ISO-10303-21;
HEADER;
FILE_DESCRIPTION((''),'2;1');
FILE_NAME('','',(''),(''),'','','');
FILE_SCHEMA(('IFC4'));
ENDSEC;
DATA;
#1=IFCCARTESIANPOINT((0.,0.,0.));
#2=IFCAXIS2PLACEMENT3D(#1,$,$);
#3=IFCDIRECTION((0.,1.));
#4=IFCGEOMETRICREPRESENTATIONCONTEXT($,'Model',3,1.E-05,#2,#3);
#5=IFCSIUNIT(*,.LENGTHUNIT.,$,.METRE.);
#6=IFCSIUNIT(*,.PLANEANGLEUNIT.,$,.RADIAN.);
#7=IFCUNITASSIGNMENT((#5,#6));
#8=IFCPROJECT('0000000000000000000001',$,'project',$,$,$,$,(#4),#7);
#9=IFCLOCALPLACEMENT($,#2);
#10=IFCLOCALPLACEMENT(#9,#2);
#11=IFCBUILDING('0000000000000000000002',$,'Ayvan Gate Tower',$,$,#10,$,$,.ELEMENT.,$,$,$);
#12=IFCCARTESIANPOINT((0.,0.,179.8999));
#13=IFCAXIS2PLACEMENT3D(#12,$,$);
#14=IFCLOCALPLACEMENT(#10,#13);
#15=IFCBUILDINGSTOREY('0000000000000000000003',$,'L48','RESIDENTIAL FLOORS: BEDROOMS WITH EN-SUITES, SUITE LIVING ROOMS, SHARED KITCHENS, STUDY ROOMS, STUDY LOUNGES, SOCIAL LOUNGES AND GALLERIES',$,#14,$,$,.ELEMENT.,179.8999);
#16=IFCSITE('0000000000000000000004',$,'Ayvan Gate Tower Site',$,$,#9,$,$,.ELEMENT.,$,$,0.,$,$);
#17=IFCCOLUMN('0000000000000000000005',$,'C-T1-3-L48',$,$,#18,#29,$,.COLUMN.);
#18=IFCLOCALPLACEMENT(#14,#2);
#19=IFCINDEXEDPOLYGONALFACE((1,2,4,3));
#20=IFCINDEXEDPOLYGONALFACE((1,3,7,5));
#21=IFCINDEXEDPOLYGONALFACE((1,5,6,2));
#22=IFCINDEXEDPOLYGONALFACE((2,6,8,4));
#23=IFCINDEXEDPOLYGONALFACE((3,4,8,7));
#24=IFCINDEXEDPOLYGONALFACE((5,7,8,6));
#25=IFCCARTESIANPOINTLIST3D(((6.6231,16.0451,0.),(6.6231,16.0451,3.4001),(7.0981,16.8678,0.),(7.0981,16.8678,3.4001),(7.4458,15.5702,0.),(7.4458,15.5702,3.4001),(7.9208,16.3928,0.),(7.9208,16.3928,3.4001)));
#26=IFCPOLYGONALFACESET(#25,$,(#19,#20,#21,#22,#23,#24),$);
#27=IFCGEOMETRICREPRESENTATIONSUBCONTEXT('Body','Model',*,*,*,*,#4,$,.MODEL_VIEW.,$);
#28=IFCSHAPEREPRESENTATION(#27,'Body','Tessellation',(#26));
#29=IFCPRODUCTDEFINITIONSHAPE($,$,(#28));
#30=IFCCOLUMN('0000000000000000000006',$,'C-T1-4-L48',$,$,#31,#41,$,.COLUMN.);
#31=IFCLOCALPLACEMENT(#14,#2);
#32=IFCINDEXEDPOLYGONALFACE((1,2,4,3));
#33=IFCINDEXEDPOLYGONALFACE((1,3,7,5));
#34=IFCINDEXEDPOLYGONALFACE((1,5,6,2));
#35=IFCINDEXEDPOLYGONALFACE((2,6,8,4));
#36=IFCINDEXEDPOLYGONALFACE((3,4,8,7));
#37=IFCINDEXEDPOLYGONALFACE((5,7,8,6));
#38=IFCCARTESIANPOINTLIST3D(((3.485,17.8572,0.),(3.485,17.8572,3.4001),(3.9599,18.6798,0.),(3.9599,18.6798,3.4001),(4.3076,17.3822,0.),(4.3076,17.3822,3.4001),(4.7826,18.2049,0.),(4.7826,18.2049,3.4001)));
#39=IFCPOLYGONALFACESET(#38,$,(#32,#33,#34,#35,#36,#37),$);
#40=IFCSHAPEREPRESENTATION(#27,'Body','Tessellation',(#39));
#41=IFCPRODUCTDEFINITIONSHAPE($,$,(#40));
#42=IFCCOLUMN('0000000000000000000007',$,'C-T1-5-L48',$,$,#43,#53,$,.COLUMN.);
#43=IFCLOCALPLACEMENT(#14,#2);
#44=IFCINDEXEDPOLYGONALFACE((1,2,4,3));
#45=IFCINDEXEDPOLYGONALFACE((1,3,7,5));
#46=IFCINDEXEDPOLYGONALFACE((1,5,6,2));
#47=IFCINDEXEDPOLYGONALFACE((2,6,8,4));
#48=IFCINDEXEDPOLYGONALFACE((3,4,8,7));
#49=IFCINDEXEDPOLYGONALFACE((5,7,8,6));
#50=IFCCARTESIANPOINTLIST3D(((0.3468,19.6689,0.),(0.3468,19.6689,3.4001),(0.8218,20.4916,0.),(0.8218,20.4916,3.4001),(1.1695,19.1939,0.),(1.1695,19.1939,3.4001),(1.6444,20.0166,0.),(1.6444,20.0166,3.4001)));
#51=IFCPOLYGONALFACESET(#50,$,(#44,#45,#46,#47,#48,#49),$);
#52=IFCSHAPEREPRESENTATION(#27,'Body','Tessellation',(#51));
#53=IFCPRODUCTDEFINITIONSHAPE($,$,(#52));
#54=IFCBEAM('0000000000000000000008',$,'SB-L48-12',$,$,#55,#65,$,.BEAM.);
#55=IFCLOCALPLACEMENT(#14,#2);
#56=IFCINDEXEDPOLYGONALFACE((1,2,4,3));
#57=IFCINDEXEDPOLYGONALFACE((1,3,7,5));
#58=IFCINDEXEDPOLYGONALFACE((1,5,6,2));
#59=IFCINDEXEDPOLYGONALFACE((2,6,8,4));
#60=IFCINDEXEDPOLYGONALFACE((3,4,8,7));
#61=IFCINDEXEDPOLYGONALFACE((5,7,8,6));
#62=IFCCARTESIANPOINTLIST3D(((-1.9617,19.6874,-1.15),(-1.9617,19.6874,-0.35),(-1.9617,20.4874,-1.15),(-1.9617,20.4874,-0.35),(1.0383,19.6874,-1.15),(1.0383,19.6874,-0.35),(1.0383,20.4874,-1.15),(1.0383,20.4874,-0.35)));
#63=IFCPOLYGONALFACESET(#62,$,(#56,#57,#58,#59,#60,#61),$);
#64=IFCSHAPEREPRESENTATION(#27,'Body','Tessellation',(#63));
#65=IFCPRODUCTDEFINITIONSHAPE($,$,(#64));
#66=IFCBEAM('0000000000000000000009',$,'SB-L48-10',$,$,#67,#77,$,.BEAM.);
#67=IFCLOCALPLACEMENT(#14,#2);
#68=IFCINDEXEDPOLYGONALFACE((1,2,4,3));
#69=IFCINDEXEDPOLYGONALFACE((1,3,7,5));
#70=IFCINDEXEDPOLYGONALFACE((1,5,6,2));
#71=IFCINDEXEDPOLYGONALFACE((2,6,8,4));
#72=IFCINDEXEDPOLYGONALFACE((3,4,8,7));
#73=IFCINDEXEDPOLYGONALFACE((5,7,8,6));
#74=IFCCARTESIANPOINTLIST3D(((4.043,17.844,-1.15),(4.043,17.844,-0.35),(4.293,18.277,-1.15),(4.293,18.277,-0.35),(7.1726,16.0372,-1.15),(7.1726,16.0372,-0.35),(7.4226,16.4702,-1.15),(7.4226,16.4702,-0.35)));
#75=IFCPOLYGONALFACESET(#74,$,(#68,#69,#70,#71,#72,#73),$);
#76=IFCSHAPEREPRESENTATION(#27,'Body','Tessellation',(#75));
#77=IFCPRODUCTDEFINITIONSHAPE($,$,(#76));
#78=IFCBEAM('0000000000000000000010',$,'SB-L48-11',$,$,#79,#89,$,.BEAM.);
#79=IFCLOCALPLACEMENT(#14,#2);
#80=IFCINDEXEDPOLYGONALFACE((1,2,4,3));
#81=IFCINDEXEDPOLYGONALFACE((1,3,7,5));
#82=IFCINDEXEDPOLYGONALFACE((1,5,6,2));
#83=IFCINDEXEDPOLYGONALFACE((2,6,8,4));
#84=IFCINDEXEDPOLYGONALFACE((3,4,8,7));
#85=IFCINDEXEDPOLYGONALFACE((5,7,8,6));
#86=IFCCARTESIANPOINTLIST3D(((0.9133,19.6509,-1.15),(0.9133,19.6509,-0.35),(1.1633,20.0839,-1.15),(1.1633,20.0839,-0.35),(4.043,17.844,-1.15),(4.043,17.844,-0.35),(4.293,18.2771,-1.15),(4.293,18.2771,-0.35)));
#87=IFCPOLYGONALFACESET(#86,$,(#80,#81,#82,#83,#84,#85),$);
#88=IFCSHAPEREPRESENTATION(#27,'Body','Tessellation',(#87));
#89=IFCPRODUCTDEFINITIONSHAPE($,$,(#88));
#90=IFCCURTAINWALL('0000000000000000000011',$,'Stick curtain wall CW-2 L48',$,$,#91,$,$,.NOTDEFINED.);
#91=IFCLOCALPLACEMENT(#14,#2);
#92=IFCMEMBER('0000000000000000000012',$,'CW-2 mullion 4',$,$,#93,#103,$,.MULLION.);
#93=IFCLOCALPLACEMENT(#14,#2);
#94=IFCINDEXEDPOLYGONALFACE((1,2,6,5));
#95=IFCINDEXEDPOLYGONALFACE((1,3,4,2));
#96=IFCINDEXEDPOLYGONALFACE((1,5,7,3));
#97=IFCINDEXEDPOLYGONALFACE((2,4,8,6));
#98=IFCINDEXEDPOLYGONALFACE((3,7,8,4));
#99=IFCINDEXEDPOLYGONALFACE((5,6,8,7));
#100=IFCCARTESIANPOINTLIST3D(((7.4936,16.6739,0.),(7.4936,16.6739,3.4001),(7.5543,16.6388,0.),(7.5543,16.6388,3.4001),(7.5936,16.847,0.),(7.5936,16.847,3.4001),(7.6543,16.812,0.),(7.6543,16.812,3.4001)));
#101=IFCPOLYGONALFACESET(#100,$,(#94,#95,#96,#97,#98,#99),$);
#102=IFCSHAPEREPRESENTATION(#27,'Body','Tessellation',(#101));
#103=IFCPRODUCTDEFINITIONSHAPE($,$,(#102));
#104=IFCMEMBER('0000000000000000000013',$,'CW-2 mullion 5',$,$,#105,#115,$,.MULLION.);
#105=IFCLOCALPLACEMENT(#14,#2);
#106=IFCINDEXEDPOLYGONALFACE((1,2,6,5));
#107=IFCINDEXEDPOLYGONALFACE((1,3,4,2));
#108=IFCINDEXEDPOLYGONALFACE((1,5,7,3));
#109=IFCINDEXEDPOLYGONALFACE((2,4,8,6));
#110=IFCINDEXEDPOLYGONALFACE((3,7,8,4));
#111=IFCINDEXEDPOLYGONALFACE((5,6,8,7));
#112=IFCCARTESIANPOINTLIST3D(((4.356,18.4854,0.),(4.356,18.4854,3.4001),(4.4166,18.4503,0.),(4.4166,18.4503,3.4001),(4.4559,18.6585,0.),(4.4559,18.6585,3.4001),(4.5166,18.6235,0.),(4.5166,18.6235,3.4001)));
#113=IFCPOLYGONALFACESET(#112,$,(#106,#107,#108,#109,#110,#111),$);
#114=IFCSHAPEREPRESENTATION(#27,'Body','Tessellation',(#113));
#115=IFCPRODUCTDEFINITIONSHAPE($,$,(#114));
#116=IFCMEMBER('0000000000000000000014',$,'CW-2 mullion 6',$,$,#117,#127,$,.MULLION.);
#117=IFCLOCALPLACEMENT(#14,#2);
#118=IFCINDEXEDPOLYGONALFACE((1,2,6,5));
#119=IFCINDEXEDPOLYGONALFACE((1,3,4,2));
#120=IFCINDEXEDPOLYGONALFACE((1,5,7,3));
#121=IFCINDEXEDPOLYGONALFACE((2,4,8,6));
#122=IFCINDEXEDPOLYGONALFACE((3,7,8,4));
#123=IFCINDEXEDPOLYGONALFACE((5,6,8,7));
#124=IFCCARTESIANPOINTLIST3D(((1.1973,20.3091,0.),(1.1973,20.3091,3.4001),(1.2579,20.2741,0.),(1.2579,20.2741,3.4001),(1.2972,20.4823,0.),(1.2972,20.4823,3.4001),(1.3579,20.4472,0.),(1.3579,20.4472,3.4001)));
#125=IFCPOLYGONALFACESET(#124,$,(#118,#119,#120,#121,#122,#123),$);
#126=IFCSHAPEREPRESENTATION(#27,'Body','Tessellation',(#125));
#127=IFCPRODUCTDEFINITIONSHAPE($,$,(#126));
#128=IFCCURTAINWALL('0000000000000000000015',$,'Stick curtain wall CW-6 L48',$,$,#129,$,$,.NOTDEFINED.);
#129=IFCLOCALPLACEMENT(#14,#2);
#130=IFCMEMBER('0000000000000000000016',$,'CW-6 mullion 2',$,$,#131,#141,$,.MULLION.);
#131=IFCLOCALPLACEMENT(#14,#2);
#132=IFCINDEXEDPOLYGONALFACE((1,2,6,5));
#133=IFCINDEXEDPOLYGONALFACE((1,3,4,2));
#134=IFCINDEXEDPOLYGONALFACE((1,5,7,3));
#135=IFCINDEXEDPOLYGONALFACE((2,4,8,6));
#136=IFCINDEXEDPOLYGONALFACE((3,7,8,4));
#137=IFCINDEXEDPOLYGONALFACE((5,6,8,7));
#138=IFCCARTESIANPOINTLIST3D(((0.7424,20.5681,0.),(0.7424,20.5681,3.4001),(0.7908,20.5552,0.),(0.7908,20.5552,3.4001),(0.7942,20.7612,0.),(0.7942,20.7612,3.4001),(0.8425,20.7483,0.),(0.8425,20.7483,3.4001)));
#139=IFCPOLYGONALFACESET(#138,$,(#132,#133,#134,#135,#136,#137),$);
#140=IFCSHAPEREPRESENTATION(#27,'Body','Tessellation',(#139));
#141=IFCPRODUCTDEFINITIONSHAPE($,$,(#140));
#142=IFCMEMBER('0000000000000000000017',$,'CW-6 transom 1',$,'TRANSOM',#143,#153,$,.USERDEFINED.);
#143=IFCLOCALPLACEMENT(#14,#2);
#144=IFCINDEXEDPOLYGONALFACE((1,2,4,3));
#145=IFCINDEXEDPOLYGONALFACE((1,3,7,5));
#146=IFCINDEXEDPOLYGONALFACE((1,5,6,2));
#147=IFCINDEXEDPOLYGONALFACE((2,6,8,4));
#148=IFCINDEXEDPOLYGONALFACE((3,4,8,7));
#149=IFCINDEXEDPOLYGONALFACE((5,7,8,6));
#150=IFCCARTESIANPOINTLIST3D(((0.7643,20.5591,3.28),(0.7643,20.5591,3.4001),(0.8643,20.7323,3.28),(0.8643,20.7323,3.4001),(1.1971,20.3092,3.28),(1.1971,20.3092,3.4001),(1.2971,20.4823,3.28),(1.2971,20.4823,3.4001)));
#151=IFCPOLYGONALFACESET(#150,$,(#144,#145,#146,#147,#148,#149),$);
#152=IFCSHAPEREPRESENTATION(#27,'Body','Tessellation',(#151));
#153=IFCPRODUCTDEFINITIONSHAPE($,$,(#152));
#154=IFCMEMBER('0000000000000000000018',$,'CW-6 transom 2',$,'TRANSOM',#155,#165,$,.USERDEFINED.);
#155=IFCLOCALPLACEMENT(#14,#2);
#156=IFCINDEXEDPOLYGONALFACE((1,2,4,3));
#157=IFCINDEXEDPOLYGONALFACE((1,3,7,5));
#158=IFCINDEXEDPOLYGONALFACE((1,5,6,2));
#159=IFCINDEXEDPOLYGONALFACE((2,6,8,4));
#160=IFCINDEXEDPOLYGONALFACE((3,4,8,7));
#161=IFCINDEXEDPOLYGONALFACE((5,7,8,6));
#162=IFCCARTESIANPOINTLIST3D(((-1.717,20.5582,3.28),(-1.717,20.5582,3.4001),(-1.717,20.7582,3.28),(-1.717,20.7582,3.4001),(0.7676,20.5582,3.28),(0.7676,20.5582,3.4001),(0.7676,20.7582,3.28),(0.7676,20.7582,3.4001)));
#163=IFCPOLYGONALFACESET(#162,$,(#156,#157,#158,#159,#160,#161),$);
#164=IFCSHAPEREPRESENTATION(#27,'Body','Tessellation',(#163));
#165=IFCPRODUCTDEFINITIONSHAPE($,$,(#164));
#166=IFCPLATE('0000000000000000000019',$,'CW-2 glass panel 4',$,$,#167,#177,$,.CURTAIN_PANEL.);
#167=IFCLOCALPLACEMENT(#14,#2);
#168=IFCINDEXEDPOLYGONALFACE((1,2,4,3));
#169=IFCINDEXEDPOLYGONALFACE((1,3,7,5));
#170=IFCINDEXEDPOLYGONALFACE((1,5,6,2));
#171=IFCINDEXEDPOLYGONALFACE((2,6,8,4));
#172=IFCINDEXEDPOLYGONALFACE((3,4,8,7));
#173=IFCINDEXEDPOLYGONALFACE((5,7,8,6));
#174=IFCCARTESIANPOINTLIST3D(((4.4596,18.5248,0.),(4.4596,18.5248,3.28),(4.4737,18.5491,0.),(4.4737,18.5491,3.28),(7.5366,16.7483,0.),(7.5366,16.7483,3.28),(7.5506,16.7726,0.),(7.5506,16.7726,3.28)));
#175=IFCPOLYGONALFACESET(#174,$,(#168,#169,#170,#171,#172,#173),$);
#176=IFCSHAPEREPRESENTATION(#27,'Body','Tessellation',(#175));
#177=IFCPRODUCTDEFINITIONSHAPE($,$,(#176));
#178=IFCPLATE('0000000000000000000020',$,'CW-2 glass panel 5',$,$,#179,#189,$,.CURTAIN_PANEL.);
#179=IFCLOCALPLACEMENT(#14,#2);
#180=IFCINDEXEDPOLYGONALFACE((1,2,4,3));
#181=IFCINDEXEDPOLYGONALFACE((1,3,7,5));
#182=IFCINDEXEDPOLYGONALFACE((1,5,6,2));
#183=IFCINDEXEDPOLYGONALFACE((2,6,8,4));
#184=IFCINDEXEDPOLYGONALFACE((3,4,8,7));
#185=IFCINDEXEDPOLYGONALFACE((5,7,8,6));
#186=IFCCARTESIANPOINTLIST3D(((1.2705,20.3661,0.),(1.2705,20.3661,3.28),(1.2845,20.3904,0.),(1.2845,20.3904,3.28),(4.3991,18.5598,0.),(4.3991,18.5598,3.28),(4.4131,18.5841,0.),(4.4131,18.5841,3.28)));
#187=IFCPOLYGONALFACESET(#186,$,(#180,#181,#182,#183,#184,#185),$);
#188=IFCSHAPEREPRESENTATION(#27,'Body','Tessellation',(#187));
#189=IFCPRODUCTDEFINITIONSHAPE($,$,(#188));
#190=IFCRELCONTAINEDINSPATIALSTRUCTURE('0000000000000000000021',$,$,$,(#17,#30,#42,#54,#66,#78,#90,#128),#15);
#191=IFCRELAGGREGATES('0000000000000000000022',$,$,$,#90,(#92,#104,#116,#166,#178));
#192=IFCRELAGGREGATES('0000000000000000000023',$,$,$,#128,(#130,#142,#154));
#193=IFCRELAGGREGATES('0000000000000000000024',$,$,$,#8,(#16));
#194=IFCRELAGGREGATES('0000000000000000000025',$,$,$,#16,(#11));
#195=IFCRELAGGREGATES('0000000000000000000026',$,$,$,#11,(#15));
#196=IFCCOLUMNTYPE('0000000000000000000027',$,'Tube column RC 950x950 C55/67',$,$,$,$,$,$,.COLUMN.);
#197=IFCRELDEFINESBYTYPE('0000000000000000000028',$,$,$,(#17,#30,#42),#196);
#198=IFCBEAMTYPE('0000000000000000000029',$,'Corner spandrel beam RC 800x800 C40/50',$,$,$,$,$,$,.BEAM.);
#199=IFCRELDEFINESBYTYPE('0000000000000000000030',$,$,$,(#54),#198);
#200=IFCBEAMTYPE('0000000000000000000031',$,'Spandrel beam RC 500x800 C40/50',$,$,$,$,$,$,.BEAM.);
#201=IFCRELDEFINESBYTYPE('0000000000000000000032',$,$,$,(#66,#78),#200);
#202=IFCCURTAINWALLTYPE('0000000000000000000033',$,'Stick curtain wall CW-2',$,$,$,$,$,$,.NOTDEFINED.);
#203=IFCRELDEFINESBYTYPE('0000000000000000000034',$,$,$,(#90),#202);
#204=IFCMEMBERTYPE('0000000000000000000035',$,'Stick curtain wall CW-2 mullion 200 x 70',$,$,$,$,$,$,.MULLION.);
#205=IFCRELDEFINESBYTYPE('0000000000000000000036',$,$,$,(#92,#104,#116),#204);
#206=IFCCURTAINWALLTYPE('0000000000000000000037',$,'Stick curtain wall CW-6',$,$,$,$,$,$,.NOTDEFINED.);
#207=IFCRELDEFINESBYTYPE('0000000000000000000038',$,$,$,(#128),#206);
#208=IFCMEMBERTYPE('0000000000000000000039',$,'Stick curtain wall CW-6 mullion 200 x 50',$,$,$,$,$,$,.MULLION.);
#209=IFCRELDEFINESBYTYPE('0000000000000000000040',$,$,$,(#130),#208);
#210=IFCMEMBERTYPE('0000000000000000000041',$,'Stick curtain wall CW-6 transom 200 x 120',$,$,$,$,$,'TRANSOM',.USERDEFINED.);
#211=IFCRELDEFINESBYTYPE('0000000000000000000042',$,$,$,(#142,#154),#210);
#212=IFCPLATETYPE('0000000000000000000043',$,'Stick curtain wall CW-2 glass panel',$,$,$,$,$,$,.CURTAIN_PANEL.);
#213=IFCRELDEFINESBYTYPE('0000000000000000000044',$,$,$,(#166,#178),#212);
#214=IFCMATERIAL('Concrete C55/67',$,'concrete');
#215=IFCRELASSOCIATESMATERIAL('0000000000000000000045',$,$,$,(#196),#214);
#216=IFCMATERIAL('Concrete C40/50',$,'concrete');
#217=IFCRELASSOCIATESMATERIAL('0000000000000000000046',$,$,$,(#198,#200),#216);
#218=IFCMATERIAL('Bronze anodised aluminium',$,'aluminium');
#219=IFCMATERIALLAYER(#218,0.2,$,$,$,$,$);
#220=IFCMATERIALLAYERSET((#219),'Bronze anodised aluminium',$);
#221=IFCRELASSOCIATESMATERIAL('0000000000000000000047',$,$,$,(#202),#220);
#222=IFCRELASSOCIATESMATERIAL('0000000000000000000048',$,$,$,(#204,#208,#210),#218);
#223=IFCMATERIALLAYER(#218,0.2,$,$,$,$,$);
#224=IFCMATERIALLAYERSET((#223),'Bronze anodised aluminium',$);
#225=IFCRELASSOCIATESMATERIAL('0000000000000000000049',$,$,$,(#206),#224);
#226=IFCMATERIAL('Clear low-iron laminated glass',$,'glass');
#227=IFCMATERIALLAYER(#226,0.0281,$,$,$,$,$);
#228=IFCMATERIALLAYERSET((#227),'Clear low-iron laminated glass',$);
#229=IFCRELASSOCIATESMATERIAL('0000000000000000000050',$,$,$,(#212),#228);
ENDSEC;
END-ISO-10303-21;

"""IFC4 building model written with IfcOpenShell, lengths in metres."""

from ifc_helpers import new_model, si_unit, direction, frame, origin, origin_2d, place, context, subcontext, project, spatial, rectangle, extrude, material, layer, layer_set, material_profile, profile_set, type_object, element, aggregate, save


model = new_model("IFC4")

# Units and contexts
model_context = context("Model", 3, precision=1e-05, world=origin(), true_north=direction((0.0, 1.0)))
body_context = subcontext(model_context, "Body", "Model", "MODEL_VIEW")
ifc_project = project(units=[si_unit("LENGTHUNIT", "METRE"), si_unit("PLANEANGLEUNIT", "RADIAN")], contexts=[model_context])

# Site, building, storey
site_placement = place(None, origin())
site = spatial("IfcSite", under=ifc_project, at=site_placement, Name="Ayvan Gate Tower Site", CompositionType="ELEMENT", RefElevation=0.0)
building_placement = place(site_placement, origin())
building = spatial("IfcBuilding", under=site, at=building_placement, Name="Ayvan Gate Tower", CompositionType="ELEMENT")
storey_placement = place(building_placement, frame((0.0, 0.0, 179.8999)))
storey = spatial("IfcBuildingStorey", under=building, at=storey_placement, Name="L48", Description="RESIDENTIAL FLOORS: BEDROOMS WITH EN-SUITES, SUITE LIVING ROOMS, SHARED KITCHENS, STUDY ROOMS, STUDY LOUNGES, SOCIAL LOUNGES AND GALLERIES", CompositionType="ELEMENT", Elevation=179.8999)

# Columns
ifc_material_1 = material(Name="Concrete C55/67", Category="concrete")
ifc_material_profile_1 = material_profile(ifc_material_1, rectangle(XDim=0.95, YDim=0.95, at=origin_2d()), Name="RC 950x950")
ifc_profile_set_1 = profile_set([ifc_material_profile_1], Name="Concrete C55/67")
column_type = type_object("IfcColumnType", Name="Tube column RC 950x950 C55/67", PredefinedType="COLUMN", material=ifc_profile_set_1)
for number, where, z_axis, x_axis, name in (
    (1, (7.272, 16.219, 0.0), (0.0, 0.0, 1.0), (0.5, 0.866025, 0.0), "C-T1-3-L48"),
    (2, (4.1338, 18.031, 0.0), (0.0, 0.0, 1.0), (0.5, 0.866025, 0.0), "C-T1-4-L48"),
    (3, (0.9956, 19.8428, 0.0), (0.0, 0.0, 1.0), (0.5, 0.866025, 0.0), "C-T1-5-L48"),
):
    element("IfcColumn", number, at=place(storey_placement, frame(where, z_axis=z_axis, x_axis=x_axis)), inside=storey, type_object=column_type, Name=name, PredefinedType="COLUMN", context=body_context, shape_type="SweptSolid", body=[
        extrude(rectangle(XDim=0.95, YDim=0.95, at=origin_2d()), origin(), (0.0, 0.0, 1.0), 3.4001),
    ])

# Beams
ifc_material_2 = material(Name="Concrete C40/50", Category="concrete")
ifc_material_profile_2 = material_profile(ifc_material_2, rectangle(XDim=0.8, YDim=0.8, at=origin_2d()), Name="RC 800x800")
ifc_profile_set_2 = profile_set([ifc_material_profile_2], Name="Concrete C40/50")
beam_type_1 = type_object("IfcBeamType", Name="Corner spandrel beam RC 800x800 C40/50", PredefinedType="BEAM", material=ifc_profile_set_2)
beam_placement = place(storey_placement, frame((1.0383, 20.0874, -0.75), z_axis=(-1.0, 0.0, 0.0), x_axis=(0.0, -1.0, 0.0)))
element("IfcBeam", 4, at=beam_placement, inside=storey, type_object=beam_type_1, Name="SB-L48-12", PredefinedType="BEAM", context=body_context, shape_type="SweptSolid", body=[
    extrude(rectangle(XDim=0.8, YDim=0.8, at=origin_2d()), origin(), (0.0, 0.0, 1.0), 3.0),
])
ifc_material_profile_3 = material_profile(ifc_material_2, rectangle(XDim=0.5, YDim=0.8, at=origin_2d()), Name="RC 500x800")
ifc_profile_set_3 = profile_set([ifc_material_profile_3], Name="Concrete C40/50")
beam_type_2 = type_object("IfcBeamType", Name="Spandrel beam RC 500x800 C40/50", PredefinedType="BEAM", material=ifc_profile_set_3)
for number, where, z_axis, x_axis, name in (
    (5, (7.2976, 16.2537, -0.75), (-0.866027, 0.499997, 0.0), (-0.499997, -0.866027, 0.0), "SB-L48-10"),
    (6, (4.168, 18.0605, -0.75), (-0.866027, 0.499997, 0.0), (-0.499997, -0.866027, 0.0), "SB-L48-11"),
):
    element("IfcBeam", number, at=place(storey_placement, frame(where, z_axis=z_axis, x_axis=x_axis)), inside=storey, type_object=beam_type_2, Name=name, PredefinedType="BEAM", context=body_context, shape_type="SweptSolid", body=[
        extrude(rectangle(XDim=0.5, YDim=0.8, at=origin_2d()), origin(), (0.0, 0.0, 1.0), 3.6138),
    ])

# Curtain walls, members
ifc_material_3 = material(Name="Bronze anodised aluminium", Category="aluminium")
ifc_layer_1 = layer(ifc_material_3, 0.2)
ifc_layer_set_1 = layer_set([ifc_layer_1], Name="Bronze anodised aluminium")
curtain_wall_type_1 = type_object("IfcCurtainWallType", Name="Stick curtain wall CW-2", PredefinedType="NOTDEFINED", material=ifc_layer_set_1)
curtain_wall_1_placement = place(storey_placement, origin())
curtain_wall_1 = element("IfcCurtainWall", 7, at=curtain_wall_1_placement, inside=storey, type_object=curtain_wall_type_1, Name="Stick curtain wall CW-2 L48", PredefinedType="NOTDEFINED")
ifc_material_profile_4 = material_profile(ifc_material_3, rectangle(XDim=0.2, YDim=0.0701, at=origin_2d()), Name="Stick curtain wall CW-2 mullion 200 x 70")
ifc_profile_set_4 = profile_set([ifc_material_profile_4], Name="Bronze anodised aluminium")
member_type_1 = type_object("IfcMemberType", Name="Stick curtain wall CW-2 mullion 200 x 70", PredefinedType="MULLION", material=ifc_profile_set_4)
member_1_placement = place(storey_placement, frame((7.574, 16.7429, 0.0), z_axis=(0.0, 0.0, 1.0), x_axis=(0.5, 0.866025, 0.0)))
member_1 = element("IfcMember", 8, at=member_1_placement, type_object=member_type_1, Name="CW-2 mullion 4", PredefinedType="MULLION", context=body_context, shape_type="SweptSolid", body=[
    extrude(rectangle(XDim=0.2, YDim=0.0701, at=origin_2d()), origin(), (0.0, 0.0, 1.0), 3.4001),
])
member_2_placement = place(storey_placement, frame((4.4363, 18.5544, 0.0), z_axis=(0.0, 0.0, 1.0), x_axis=(0.5, 0.866025, 0.0)))
member_2 = element("IfcMember", 9, at=member_2_placement, type_object=member_type_1, Name="CW-2 mullion 5", PredefinedType="MULLION", context=body_context, shape_type="SweptSolid", body=[
    extrude(rectangle(XDim=0.2, YDim=0.0701, at=origin_2d()), origin(), (0.0, 0.0, 1.0), 3.4001),
])
member_3_placement = place(storey_placement, frame((1.2776, 20.3782, 0.0), z_axis=(0.0, 0.0, 1.0), x_axis=(0.5, 0.866025, 0.0)))
member_3 = element("IfcMember", 10, at=member_3_placement, type_object=member_type_1, Name="CW-2 mullion 6", PredefinedType="MULLION", context=body_context, shape_type="SweptSolid", body=[
    extrude(rectangle(XDim=0.2, YDim=0.0701, at=origin_2d()), origin(), (0.0, 0.0, 1.0), 3.4001),
])
ifc_layer_2 = layer(ifc_material_3, 0.2)
ifc_layer_set_2 = layer_set([ifc_layer_2], Name="Bronze anodised aluminium")
curtain_wall_type_2 = type_object("IfcCurtainWallType", Name="Stick curtain wall CW-6", PredefinedType="NOTDEFINED", material=ifc_layer_set_2)
curtain_wall_2_placement = place(storey_placement, origin())
curtain_wall_2 = element("IfcCurtainWall", 11, at=curtain_wall_2_placement, inside=storey, type_object=curtain_wall_type_2, Name="Stick curtain wall CW-6 L48", PredefinedType="NOTDEFINED")
ifc_material_profile_5 = material_profile(ifc_material_3, rectangle(XDim=0.2, YDim=0.05, at=origin_2d()), Name="Stick curtain wall CW-6 mullion 200 x 50")
ifc_profile_set_5 = profile_set([ifc_material_profile_5], Name="Bronze anodised aluminium")
member_type_2 = type_object("IfcMemberType", Name="Stick curtain wall CW-6 mullion 200 x 50", PredefinedType="MULLION", material=ifc_profile_set_5)
member_4_placement = place(storey_placement, frame((0.7925, 20.6582, 0.0), z_axis=(0.0, 0.0, 1.0), x_axis=(0.258819, 0.965926, 0.0)))
member_4 = element("IfcMember", 12, at=member_4_placement, type_object=member_type_2, Name="CW-6 mullion 2", PredefinedType="MULLION", context=body_context, shape_type="SweptSolid", body=[
    extrude(rectangle(XDim=0.2, YDim=0.05, at=origin_2d()), origin(), (0.0, 0.0, 1.0), 3.4001),
])
ifc_material_profile_6 = material_profile(ifc_material_3, rectangle(XDim=0.2, YDim=0.1201, at=origin_2d()), Name="Stick curtain wall CW-6 transom 200 x 120")
ifc_profile_set_6 = profile_set([ifc_material_profile_6], Name="Bronze anodised aluminium")
member_type_3 = type_object("IfcMemberType", Name="Stick curtain wall CW-6 transom 200 x 120", ElementType="TRANSOM", PredefinedType="USERDEFINED", material=ifc_profile_set_6)
member_5_placement = place(storey_placement, frame((1.2471, 20.3958, 3.3401), z_axis=(-0.86595, 0.500131, 0.0), x_axis=(-0.500131, -0.86595, 0.0)))
member_5 = element("IfcMember", 13, at=member_5_placement, type_object=member_type_3, Name="CW-6 transom 1", ObjectType="TRANSOM", PredefinedType="USERDEFINED", context=body_context, shape_type="SweptSolid", body=[
    extrude(rectangle(XDim=0.2, YDim=0.1201, at=origin_2d()), origin(), (0.0, 0.0, 1.0), 0.4998),
])
member_6_placement = place(storey_placement, frame((0.7676, 20.6582, 3.3401), z_axis=(-1.0, 0.0, 0.0), x_axis=(0.0, -1.0, 0.0)))
member_6 = element("IfcMember", 14, at=member_6_placement, type_object=member_type_3, Name="CW-6 transom 2", ObjectType="TRANSOM", PredefinedType="USERDEFINED", context=body_context, shape_type="SweptSolid", body=[
    extrude(rectangle(XDim=0.2, YDim=0.1201, at=origin_2d()), origin(), (0.0, 0.0, 1.0), 2.4846),
])

# Plates
ifc_material_4 = material(Name="Clear low-iron laminated glass", Category="glass")
ifc_layer_3 = layer(ifc_material_4, 0.0281)
ifc_layer_set_3 = layer_set([ifc_layer_3], Name="Clear low-iron laminated glass")
plate_type_1 = type_object("IfcPlateType", Name="Stick curtain wall CW-2 glass panel", PredefinedType="CURTAIN_PANEL", material=ifc_layer_set_3)
plate_1_placement = place(storey_placement, frame((6.0051, 17.6487, 0.0), z_axis=(0.0, 0.0, 1.0), x_axis=(-0.866025, 0.5, 0.0)))
plate_1 = element("IfcPlate", 15, at=plate_1_placement, type_object=plate_type_1, Name="CW-2 glass panel 4", PredefinedType="CURTAIN_PANEL", context=body_context, shape_type="SweptSolid", body=[
    extrude(rectangle(XDim=3.553, YDim=0.0281, at=origin_2d()), origin(), (0.0, 0.0, 1.0), 3.28),
])
plate_2_placement = place(storey_placement, frame((2.8418, 19.4751, 0.0), z_axis=(0.0, 0.0, 1.0), x_axis=(-0.866025, 0.5, 0.0)))
plate_2 = element("IfcPlate", 16, at=plate_2_placement, type_object=plate_type_1, Name="CW-2 glass panel 5", PredefinedType="CURTAIN_PANEL", context=body_context, shape_type="SweptSolid", body=[
    extrude(rectangle(XDim=3.6125, YDim=0.0281, at=origin_2d()), origin(), (0.0, 0.0, 1.0), 3.28),
])
aggregate(curtain_wall_1, [member_1, member_2, member_3, plate_1, plate_2])
aggregate(curtain_wall_2, [member_4, member_5, member_6])

save(model, "model.ifc")
